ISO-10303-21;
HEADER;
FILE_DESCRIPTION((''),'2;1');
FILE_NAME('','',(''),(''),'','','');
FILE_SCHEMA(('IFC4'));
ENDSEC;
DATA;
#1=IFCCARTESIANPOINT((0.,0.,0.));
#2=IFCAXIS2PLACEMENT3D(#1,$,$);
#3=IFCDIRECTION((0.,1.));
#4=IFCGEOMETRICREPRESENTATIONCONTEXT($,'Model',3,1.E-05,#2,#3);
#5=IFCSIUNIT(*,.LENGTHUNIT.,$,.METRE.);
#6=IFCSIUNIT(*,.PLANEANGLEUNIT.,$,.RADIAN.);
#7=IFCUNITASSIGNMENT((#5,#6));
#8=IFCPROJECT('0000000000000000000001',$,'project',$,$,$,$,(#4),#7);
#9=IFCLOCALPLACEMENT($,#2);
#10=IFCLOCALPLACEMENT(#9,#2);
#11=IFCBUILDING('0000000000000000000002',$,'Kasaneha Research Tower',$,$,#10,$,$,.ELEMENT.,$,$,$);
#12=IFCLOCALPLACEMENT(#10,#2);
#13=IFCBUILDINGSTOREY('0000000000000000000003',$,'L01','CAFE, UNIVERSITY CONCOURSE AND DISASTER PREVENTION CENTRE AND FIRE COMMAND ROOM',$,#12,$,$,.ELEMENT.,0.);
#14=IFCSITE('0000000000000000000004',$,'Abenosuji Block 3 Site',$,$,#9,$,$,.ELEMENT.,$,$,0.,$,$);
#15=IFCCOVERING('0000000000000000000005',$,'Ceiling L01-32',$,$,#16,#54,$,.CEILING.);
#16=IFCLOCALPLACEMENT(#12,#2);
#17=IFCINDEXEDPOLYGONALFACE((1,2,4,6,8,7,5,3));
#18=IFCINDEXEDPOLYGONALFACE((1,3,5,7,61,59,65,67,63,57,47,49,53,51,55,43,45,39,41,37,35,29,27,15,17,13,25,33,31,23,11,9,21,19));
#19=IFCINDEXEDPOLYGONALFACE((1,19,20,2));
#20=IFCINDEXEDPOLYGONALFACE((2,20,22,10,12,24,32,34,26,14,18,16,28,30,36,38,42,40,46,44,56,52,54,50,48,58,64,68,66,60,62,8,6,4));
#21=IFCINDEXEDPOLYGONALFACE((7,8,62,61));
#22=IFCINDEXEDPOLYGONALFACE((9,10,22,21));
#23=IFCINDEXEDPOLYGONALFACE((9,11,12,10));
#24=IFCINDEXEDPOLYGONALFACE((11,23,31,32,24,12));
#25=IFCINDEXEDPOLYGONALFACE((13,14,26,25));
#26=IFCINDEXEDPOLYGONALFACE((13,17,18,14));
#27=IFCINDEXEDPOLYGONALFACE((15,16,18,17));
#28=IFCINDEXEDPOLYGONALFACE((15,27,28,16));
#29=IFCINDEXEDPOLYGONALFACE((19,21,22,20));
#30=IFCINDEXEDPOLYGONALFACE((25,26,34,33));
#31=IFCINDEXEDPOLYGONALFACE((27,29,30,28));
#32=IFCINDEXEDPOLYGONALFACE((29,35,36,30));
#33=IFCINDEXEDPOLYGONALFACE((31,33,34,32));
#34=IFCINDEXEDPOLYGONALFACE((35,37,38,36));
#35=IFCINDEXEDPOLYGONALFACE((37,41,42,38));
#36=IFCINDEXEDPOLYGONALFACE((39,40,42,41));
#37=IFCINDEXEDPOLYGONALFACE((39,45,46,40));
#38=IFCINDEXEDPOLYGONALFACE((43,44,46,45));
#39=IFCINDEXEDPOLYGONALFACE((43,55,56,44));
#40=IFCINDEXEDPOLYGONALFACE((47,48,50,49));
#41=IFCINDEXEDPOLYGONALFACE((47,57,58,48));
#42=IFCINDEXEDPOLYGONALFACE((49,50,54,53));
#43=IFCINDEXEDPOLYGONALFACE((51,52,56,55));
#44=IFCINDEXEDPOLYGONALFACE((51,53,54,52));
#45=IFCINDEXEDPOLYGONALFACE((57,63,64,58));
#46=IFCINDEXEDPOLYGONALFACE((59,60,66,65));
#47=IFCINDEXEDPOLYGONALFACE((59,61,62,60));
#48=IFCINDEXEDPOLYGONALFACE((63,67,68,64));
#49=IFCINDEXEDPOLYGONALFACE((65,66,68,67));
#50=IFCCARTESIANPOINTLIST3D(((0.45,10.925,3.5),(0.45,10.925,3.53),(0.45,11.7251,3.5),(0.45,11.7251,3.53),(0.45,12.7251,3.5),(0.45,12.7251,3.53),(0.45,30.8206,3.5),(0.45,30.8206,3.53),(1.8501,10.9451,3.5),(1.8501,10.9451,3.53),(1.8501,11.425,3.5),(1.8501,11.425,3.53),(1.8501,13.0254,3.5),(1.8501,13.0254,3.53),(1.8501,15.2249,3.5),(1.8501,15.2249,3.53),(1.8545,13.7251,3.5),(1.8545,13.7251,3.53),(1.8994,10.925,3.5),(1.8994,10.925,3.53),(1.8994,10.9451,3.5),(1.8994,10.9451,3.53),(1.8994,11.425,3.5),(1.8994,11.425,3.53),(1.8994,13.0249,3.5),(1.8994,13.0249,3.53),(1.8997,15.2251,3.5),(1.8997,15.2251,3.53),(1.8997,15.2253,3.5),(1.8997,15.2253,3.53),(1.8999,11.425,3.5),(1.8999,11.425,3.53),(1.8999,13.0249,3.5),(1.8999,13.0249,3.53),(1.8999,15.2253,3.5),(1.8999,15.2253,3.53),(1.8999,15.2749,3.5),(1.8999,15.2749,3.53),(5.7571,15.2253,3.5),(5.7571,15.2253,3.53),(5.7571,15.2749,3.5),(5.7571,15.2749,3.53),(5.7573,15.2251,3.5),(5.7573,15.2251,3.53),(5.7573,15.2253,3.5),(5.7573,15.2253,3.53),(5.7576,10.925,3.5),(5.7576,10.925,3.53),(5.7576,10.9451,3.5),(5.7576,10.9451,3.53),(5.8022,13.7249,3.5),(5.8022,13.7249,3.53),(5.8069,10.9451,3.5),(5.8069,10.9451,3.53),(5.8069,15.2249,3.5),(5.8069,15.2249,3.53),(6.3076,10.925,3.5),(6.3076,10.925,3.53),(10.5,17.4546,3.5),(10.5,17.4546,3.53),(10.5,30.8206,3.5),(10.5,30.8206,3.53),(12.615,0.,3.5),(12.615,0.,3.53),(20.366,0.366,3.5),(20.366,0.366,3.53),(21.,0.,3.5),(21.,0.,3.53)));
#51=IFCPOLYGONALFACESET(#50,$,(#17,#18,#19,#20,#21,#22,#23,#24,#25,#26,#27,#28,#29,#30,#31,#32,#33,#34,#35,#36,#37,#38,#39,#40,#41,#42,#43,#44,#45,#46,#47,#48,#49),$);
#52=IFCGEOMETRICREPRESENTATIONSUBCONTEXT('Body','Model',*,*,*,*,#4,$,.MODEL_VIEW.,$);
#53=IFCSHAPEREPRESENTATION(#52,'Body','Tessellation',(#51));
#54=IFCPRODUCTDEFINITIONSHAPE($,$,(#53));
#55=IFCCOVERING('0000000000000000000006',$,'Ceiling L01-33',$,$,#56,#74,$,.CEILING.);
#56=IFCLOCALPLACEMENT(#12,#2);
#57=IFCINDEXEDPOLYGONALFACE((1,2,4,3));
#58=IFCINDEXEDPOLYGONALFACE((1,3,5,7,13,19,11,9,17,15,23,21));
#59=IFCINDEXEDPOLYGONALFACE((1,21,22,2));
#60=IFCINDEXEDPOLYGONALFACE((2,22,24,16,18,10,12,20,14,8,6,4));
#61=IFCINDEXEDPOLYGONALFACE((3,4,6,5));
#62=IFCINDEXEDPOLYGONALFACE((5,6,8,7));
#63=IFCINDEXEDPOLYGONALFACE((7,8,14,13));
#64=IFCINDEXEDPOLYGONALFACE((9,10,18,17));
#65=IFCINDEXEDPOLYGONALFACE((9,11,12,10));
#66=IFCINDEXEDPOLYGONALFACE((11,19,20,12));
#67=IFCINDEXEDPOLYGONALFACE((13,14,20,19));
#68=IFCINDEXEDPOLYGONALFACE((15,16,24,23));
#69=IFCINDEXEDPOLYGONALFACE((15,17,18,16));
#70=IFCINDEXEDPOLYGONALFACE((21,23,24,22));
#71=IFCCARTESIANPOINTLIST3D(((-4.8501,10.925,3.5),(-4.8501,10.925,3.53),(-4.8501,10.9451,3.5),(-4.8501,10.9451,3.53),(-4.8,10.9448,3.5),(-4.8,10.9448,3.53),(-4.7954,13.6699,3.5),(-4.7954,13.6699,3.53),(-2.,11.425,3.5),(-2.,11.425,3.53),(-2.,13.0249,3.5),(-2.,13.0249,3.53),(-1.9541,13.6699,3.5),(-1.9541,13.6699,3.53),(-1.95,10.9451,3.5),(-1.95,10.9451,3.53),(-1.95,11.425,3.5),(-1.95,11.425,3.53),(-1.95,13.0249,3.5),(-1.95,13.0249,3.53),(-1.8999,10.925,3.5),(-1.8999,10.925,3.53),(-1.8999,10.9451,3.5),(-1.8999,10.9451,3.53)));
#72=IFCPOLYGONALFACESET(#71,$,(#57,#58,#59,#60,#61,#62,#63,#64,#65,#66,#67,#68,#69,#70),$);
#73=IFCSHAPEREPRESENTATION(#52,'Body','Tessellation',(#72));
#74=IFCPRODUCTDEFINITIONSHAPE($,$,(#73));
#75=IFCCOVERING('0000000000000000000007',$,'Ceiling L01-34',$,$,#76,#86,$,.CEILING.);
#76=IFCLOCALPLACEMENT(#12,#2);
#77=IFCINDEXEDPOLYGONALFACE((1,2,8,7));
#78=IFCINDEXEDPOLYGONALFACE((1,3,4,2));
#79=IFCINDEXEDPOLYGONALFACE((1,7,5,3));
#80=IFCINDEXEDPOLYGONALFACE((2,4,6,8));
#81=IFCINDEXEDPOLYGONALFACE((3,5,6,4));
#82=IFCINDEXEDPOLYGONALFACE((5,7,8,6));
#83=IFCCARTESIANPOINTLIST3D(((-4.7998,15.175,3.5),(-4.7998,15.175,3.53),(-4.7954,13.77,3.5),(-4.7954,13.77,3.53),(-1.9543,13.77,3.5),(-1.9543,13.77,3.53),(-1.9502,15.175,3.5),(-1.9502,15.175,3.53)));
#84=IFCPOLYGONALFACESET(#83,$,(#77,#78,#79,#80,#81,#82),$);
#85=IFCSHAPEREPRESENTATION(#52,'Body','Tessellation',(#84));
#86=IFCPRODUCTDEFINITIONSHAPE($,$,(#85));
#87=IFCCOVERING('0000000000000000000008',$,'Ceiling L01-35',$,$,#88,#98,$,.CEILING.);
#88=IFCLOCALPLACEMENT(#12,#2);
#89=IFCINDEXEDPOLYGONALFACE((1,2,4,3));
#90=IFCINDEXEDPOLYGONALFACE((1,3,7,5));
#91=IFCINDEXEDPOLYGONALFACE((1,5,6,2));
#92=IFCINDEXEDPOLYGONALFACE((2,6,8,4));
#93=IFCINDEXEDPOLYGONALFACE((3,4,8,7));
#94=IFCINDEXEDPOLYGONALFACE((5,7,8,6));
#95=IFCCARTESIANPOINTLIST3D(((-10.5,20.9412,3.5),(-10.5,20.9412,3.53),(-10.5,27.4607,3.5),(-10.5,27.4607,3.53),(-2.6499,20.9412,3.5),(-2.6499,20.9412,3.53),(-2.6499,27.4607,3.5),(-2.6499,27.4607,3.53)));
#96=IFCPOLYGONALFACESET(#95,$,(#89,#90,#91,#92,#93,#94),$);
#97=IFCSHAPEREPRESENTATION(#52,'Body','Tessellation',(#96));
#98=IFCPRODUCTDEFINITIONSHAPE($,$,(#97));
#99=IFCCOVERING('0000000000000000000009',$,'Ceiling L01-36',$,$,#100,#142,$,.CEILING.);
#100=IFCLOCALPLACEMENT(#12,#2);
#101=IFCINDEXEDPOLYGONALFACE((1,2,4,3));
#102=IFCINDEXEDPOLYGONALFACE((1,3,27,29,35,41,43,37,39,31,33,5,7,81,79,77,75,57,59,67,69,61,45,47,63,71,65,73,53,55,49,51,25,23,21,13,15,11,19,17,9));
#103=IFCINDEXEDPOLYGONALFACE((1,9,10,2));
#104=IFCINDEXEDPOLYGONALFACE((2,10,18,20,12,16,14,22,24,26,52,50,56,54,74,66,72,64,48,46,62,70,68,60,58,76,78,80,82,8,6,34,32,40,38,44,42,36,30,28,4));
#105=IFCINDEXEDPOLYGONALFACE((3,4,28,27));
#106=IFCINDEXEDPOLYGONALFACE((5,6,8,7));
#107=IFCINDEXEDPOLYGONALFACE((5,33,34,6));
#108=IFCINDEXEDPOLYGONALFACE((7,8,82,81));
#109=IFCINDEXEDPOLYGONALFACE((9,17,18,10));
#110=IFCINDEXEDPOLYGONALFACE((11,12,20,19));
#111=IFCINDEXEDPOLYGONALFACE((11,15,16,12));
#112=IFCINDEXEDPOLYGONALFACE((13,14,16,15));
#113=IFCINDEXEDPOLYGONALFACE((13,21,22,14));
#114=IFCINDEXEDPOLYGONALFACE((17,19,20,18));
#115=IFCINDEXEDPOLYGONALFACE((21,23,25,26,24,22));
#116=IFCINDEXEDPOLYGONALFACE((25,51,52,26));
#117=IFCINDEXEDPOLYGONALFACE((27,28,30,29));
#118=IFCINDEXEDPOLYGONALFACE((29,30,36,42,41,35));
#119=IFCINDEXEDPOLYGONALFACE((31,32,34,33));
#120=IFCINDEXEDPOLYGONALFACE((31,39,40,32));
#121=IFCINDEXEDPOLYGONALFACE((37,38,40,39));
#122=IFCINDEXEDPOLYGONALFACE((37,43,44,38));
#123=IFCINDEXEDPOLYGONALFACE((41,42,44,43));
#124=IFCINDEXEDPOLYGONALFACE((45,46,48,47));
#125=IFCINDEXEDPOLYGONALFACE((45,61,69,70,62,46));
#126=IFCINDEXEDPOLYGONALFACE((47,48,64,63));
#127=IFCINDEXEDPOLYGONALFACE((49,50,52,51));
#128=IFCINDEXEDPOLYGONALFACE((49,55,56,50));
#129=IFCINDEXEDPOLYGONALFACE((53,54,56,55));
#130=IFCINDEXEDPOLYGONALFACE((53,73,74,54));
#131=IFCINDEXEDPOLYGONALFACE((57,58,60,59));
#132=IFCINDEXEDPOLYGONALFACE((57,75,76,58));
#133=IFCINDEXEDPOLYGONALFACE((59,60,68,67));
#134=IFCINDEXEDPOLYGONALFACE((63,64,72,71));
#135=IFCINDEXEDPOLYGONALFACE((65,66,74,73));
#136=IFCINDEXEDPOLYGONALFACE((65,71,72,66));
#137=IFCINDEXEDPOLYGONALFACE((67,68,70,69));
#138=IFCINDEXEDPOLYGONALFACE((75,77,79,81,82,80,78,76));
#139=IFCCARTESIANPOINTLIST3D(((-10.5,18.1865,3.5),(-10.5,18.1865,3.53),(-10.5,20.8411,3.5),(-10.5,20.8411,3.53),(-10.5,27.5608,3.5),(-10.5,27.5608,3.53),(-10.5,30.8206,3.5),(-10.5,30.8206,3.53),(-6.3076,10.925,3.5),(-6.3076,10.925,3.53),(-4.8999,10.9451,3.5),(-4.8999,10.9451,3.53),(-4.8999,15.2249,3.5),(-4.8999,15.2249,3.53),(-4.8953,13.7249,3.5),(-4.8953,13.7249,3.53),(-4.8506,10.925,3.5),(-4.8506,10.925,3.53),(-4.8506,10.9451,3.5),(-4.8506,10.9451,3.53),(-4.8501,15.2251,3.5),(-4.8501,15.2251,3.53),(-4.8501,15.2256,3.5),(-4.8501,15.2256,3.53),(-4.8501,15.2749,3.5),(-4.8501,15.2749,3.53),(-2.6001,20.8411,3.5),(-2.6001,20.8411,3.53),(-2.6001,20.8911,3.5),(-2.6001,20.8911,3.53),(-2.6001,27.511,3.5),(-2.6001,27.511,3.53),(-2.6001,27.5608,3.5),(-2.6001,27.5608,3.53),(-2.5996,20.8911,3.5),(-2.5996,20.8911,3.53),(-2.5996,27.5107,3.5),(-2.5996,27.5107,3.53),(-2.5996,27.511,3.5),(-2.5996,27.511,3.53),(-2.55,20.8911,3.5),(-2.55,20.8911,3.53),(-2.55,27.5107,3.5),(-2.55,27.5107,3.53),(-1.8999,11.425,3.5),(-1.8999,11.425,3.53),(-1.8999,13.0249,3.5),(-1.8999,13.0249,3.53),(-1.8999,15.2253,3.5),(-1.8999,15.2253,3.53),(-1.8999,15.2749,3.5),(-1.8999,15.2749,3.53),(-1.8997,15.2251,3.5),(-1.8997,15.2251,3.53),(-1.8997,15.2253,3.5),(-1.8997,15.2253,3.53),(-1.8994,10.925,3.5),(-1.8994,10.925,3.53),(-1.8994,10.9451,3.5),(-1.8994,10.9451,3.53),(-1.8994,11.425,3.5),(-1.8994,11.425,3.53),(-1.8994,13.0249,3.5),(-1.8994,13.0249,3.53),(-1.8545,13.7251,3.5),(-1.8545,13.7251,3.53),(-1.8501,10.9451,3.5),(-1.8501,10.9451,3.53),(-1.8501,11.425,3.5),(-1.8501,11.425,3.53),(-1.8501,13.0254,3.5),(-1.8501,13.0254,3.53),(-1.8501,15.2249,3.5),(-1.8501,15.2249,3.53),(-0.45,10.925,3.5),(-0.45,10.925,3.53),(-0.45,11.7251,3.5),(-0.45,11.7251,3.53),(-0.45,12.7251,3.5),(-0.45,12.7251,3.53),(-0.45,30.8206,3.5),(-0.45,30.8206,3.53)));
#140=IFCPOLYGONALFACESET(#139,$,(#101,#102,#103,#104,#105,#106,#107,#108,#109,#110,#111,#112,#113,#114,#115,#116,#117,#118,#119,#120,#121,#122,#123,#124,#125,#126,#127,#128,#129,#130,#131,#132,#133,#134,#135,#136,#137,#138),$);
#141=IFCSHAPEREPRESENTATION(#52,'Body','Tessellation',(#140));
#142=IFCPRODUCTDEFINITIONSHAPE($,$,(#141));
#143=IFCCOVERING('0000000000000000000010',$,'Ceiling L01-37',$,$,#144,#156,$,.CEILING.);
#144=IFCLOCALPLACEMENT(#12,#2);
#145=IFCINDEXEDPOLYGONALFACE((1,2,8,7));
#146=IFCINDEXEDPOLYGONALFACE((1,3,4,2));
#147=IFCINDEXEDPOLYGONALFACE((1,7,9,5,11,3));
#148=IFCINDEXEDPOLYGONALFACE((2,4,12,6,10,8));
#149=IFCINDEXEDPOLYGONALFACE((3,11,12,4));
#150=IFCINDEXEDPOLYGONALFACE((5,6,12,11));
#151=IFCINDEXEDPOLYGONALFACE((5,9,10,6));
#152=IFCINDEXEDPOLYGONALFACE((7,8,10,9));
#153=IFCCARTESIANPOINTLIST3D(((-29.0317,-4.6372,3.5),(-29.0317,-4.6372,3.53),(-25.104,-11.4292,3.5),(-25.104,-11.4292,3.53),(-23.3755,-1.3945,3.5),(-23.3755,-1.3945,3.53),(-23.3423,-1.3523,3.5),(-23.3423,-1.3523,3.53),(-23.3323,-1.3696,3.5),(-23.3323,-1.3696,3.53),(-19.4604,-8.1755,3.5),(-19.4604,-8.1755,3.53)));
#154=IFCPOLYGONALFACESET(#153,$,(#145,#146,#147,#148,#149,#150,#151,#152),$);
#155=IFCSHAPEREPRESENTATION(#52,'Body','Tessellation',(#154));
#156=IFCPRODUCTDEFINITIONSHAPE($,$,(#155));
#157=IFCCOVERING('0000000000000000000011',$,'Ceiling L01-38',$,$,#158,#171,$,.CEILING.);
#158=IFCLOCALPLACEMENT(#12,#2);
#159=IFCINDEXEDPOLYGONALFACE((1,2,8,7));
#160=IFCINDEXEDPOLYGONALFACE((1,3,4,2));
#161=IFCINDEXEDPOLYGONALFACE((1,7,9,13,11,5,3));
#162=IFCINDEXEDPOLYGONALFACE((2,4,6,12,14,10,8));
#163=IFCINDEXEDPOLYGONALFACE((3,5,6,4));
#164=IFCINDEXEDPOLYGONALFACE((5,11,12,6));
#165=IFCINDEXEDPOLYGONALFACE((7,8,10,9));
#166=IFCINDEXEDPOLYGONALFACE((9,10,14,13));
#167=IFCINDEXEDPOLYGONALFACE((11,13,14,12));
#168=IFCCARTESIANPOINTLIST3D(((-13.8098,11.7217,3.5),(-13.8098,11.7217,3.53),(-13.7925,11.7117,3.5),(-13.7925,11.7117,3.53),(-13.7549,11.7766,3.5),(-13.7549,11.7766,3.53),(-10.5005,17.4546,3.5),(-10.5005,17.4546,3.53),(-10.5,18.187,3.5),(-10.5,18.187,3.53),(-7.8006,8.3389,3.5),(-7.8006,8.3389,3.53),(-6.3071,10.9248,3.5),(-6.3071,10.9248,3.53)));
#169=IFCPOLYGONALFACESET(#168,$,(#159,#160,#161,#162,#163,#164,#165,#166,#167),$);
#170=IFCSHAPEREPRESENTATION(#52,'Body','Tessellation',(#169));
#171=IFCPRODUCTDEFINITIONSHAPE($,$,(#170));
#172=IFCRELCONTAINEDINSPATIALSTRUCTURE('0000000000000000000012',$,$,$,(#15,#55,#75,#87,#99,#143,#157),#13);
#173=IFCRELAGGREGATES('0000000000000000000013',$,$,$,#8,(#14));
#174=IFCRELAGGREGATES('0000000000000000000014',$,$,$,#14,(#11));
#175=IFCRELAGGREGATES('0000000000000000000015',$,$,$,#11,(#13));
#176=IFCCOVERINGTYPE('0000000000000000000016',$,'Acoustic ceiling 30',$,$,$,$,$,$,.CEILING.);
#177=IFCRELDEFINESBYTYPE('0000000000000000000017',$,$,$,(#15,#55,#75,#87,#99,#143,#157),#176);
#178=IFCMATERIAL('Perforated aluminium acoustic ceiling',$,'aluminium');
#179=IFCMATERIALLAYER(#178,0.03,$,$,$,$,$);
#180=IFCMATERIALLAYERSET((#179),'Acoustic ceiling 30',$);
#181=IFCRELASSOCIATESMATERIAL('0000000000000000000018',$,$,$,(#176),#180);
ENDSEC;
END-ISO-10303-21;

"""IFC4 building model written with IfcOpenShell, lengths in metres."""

from ifc_helpers import new_model, si_unit, direction, frame, origin, place, context, subcontext, project, spatial, polyline, outline, extrude, material, layer, layer_set, type_object, element, save


model = new_model("IFC4")

# Units and contexts
model_context = context("Model", 3, precision=1e-05, world=origin(), true_north=direction((0.0, 1.0)))
body_context = subcontext(model_context, "Body", "Model", "MODEL_VIEW")
ifc_project = project(units=[si_unit("LENGTHUNIT", "METRE"), si_unit("PLANEANGLEUNIT", "RADIAN")], contexts=[model_context])

# Site, building, storey
site_placement = place(None, origin())
site = spatial("IfcSite", under=ifc_project, at=site_placement, Name="Abenosuji Block 3 Site", CompositionType="ELEMENT", RefElevation=0.0)
building_placement = place(site_placement, origin())
building = spatial("IfcBuilding", under=site, at=building_placement, Name="Kasaneha Research Tower", CompositionType="ELEMENT")
storey_placement = place(building_placement, origin())
storey = spatial("IfcBuildingStorey", under=building, at=storey_placement, Name="L01", Description="CAFE, UNIVERSITY CONCOURSE AND DISASTER PREVENTION CENTRE AND FIRE COMMAND ROOM", CompositionType="ELEMENT", Elevation=0.0)

# Coverings
ifc_material_1 = material(Name="Perforated aluminium acoustic ceiling", Category="aluminium")
ifc_layer_1 = layer(ifc_material_1, 0.03)
ifc_layer_set_1 = layer_set([ifc_layer_1], Name="Acoustic ceiling 30")
covering_type_1 = type_object("IfcCoveringType", Name="Acoustic ceiling 30", PredefinedType="CEILING", material=ifc_layer_set_1)
covering_1_placement = place(storey_placement, frame((0.0, 0.0, 3.5)))
element("IfcCovering", 1, at=covering_1_placement, inside=storey, type_object=covering_type_1, Name="Ceiling L01-32", PredefinedType="CEILING", context=body_context, shape_type="SweptSolid", body=[
    extrude(outline(polyline([(12.615, 0.0), (6.3076, 10.925), (5.7576, 10.925), (5.7576, 10.9451), (5.8069, 10.9451), (5.8022, 13.7249), (5.8069, 15.2249), (5.7573, 15.2251), (5.7573, 15.2253), (5.7571, 15.2253), (5.7571, 15.2749), (1.8999, 15.2749), (1.8999, 15.2253), (1.8997, 15.2253), (1.8997, 15.2251), (1.8501, 15.2249), (1.8545, 13.7251), (1.8501, 13.0254), (1.8994, 13.0249), (1.8994, 13.0249), (1.8999, 13.0249), (1.8999, 11.425), (1.8994, 11.425), (1.8994, 11.425), (1.8501, 11.425), (1.8501, 10.9451), (1.8994, 10.9451), (1.8994, 10.925), (0.45, 10.925), (0.45, 11.7251), (0.45, 12.7251), (0.45, 30.8206), (10.5, 30.8206), (10.5, 17.4546), (20.366, 0.366), (21.0, 0.0), (12.615, 0.0)])), origin(), (0.0, 0.0, 1.0), 0.03),
])
covering_2_placement = place(storey_placement, frame((0.0, 0.0, 3.5)))
element("IfcCovering", 2, at=covering_2_placement, inside=storey, type_object=covering_type_1, Name="Ceiling L01-33", PredefinedType="CEILING", context=body_context, shape_type="SweptSolid", body=[
    extrude(outline(polyline([(-1.8999, 10.925), (-4.8501, 10.925), (-4.8501, 10.9451), (-4.8, 10.9448), (-4.7954, 13.6699), (-1.9541, 13.6699), (-1.95, 13.0249), (-2.0, 13.0249), (-2.0, 11.425), (-1.95, 11.425), (-1.95, 10.9451), (-1.8999, 10.9451), (-1.8999, 10.925)])), origin(), (0.0, 0.0, 1.0), 0.03),
])
covering_3_placement = place(storey_placement, frame((0.0, 0.0, 3.5)))
element("IfcCovering", 3, at=covering_3_placement, inside=storey, type_object=covering_type_1, Name="Ceiling L01-34", PredefinedType="CEILING", context=body_context, shape_type="SweptSolid", body=[
    extrude(outline(polyline([(-1.9543, 13.77), (-4.7954, 13.77), (-4.7998, 15.175), (-1.9502, 15.175), (-1.9543, 13.77)])), origin(), (0.0, 0.0, 1.0), 0.03),
])
covering_4_placement = place(storey_placement, frame((0.0, 0.0, 3.5)))
element("IfcCovering", 4, at=covering_4_placement, inside=storey, type_object=covering_type_1, Name="Ceiling L01-35", PredefinedType="CEILING", context=body_context, shape_type="SweptSolid", body=[
    extrude(outline(polyline([(-10.5, 27.4607), (-2.6499, 27.4607), (-2.6499, 20.9412), (-10.5, 20.9412), (-10.5, 27.4607)])), origin(), (0.0, 0.0, 1.0), 0.03),
])
covering_5_placement = place(storey_placement, frame((0.0, 0.0, 3.5)))
element("IfcCovering", 5, at=covering_5_placement, inside=storey, type_object=covering_type_1, Name="Ceiling L01-36", PredefinedType="CEILING", context=body_context, shape_type="SweptSolid", body=[
    extrude(outline(polyline([(-1.8994, 10.925), (-1.8994, 10.9451), (-1.8501, 10.9451), (-1.8501, 11.425), (-1.8994, 11.425), (-1.8994, 11.425), (-1.8999, 11.425), (-1.8999, 13.0249), (-1.8994, 13.0249), (-1.8994, 13.0249), (-1.8501, 13.0254), (-1.8545, 13.7251), (-1.8501, 15.2249), (-1.8997, 15.2251), (-1.8997, 15.2253), (-1.8999, 15.2253), (-1.8999, 15.2749), (-4.8501, 15.2749), (-4.8501, 15.2256), (-4.8501, 15.2256), (-4.8501, 15.2251), (-4.8999, 15.2249), (-4.8953, 13.7249), (-4.8999, 10.9451), (-4.8506, 10.9451), (-4.8506, 10.925), (-6.3076, 10.925), (-10.5, 18.1865), (-10.5, 20.8411), (-2.6001, 20.8411), (-2.6001, 20.8911), (-2.5996, 20.8911), (-2.5996, 20.8911), (-2.55, 20.8911), (-2.55, 27.5107), (-2.5996, 27.5107), (-2.5996, 27.511), (-2.6001, 27.511), (-2.6001, 27.5608), (-10.5, 27.5608), (-10.5, 30.8206), (-0.45, 30.8206), (-0.45, 12.7251), (-0.45, 11.7251), (-0.45, 10.925), (-1.8994, 10.925)])), origin(), (0.0, 0.0, 1.0), 0.03),
])
covering_6_placement = place(storey_placement, frame((0.0, 0.0, 3.5)))
element("IfcCovering", 6, at=covering_6_placement, inside=storey, type_object=covering_type_1, Name="Ceiling L01-37", PredefinedType="CEILING", context=body_context, shape_type="SweptSolid", body=[
    extrude(outline(polyline([(-23.3423, -1.3523), (-23.3323, -1.3696), (-23.3755, -1.3945), (-19.4604, -8.1755), (-25.104, -11.4292), (-29.0317, -4.6372), (-23.3423, -1.3523)])), origin(), (0.0, 0.0, 1.0), 0.03),
])
covering_7_placement = place(storey_placement, frame((0.0, 0.0, 3.5)))
element("IfcCovering", 7, at=covering_7_placement, inside=storey, type_object=covering_type_1, Name="Ceiling L01-38", PredefinedType="CEILING", context=body_context, shape_type="SweptSolid", body=[
    extrude(outline(polyline([(-10.5005, 17.4546), (-10.5, 18.187), (-6.3071, 10.9248), (-7.8196, 8.3062), (-7.8005, 8.3389), (-13.7549, 11.7766), (-13.7925, 11.7117), (-13.8098, 11.7217), (-10.5005, 17.4546)])), origin(), (0.0, 0.0, 1.0), 0.03),
])

save(model, "model.ifc")
